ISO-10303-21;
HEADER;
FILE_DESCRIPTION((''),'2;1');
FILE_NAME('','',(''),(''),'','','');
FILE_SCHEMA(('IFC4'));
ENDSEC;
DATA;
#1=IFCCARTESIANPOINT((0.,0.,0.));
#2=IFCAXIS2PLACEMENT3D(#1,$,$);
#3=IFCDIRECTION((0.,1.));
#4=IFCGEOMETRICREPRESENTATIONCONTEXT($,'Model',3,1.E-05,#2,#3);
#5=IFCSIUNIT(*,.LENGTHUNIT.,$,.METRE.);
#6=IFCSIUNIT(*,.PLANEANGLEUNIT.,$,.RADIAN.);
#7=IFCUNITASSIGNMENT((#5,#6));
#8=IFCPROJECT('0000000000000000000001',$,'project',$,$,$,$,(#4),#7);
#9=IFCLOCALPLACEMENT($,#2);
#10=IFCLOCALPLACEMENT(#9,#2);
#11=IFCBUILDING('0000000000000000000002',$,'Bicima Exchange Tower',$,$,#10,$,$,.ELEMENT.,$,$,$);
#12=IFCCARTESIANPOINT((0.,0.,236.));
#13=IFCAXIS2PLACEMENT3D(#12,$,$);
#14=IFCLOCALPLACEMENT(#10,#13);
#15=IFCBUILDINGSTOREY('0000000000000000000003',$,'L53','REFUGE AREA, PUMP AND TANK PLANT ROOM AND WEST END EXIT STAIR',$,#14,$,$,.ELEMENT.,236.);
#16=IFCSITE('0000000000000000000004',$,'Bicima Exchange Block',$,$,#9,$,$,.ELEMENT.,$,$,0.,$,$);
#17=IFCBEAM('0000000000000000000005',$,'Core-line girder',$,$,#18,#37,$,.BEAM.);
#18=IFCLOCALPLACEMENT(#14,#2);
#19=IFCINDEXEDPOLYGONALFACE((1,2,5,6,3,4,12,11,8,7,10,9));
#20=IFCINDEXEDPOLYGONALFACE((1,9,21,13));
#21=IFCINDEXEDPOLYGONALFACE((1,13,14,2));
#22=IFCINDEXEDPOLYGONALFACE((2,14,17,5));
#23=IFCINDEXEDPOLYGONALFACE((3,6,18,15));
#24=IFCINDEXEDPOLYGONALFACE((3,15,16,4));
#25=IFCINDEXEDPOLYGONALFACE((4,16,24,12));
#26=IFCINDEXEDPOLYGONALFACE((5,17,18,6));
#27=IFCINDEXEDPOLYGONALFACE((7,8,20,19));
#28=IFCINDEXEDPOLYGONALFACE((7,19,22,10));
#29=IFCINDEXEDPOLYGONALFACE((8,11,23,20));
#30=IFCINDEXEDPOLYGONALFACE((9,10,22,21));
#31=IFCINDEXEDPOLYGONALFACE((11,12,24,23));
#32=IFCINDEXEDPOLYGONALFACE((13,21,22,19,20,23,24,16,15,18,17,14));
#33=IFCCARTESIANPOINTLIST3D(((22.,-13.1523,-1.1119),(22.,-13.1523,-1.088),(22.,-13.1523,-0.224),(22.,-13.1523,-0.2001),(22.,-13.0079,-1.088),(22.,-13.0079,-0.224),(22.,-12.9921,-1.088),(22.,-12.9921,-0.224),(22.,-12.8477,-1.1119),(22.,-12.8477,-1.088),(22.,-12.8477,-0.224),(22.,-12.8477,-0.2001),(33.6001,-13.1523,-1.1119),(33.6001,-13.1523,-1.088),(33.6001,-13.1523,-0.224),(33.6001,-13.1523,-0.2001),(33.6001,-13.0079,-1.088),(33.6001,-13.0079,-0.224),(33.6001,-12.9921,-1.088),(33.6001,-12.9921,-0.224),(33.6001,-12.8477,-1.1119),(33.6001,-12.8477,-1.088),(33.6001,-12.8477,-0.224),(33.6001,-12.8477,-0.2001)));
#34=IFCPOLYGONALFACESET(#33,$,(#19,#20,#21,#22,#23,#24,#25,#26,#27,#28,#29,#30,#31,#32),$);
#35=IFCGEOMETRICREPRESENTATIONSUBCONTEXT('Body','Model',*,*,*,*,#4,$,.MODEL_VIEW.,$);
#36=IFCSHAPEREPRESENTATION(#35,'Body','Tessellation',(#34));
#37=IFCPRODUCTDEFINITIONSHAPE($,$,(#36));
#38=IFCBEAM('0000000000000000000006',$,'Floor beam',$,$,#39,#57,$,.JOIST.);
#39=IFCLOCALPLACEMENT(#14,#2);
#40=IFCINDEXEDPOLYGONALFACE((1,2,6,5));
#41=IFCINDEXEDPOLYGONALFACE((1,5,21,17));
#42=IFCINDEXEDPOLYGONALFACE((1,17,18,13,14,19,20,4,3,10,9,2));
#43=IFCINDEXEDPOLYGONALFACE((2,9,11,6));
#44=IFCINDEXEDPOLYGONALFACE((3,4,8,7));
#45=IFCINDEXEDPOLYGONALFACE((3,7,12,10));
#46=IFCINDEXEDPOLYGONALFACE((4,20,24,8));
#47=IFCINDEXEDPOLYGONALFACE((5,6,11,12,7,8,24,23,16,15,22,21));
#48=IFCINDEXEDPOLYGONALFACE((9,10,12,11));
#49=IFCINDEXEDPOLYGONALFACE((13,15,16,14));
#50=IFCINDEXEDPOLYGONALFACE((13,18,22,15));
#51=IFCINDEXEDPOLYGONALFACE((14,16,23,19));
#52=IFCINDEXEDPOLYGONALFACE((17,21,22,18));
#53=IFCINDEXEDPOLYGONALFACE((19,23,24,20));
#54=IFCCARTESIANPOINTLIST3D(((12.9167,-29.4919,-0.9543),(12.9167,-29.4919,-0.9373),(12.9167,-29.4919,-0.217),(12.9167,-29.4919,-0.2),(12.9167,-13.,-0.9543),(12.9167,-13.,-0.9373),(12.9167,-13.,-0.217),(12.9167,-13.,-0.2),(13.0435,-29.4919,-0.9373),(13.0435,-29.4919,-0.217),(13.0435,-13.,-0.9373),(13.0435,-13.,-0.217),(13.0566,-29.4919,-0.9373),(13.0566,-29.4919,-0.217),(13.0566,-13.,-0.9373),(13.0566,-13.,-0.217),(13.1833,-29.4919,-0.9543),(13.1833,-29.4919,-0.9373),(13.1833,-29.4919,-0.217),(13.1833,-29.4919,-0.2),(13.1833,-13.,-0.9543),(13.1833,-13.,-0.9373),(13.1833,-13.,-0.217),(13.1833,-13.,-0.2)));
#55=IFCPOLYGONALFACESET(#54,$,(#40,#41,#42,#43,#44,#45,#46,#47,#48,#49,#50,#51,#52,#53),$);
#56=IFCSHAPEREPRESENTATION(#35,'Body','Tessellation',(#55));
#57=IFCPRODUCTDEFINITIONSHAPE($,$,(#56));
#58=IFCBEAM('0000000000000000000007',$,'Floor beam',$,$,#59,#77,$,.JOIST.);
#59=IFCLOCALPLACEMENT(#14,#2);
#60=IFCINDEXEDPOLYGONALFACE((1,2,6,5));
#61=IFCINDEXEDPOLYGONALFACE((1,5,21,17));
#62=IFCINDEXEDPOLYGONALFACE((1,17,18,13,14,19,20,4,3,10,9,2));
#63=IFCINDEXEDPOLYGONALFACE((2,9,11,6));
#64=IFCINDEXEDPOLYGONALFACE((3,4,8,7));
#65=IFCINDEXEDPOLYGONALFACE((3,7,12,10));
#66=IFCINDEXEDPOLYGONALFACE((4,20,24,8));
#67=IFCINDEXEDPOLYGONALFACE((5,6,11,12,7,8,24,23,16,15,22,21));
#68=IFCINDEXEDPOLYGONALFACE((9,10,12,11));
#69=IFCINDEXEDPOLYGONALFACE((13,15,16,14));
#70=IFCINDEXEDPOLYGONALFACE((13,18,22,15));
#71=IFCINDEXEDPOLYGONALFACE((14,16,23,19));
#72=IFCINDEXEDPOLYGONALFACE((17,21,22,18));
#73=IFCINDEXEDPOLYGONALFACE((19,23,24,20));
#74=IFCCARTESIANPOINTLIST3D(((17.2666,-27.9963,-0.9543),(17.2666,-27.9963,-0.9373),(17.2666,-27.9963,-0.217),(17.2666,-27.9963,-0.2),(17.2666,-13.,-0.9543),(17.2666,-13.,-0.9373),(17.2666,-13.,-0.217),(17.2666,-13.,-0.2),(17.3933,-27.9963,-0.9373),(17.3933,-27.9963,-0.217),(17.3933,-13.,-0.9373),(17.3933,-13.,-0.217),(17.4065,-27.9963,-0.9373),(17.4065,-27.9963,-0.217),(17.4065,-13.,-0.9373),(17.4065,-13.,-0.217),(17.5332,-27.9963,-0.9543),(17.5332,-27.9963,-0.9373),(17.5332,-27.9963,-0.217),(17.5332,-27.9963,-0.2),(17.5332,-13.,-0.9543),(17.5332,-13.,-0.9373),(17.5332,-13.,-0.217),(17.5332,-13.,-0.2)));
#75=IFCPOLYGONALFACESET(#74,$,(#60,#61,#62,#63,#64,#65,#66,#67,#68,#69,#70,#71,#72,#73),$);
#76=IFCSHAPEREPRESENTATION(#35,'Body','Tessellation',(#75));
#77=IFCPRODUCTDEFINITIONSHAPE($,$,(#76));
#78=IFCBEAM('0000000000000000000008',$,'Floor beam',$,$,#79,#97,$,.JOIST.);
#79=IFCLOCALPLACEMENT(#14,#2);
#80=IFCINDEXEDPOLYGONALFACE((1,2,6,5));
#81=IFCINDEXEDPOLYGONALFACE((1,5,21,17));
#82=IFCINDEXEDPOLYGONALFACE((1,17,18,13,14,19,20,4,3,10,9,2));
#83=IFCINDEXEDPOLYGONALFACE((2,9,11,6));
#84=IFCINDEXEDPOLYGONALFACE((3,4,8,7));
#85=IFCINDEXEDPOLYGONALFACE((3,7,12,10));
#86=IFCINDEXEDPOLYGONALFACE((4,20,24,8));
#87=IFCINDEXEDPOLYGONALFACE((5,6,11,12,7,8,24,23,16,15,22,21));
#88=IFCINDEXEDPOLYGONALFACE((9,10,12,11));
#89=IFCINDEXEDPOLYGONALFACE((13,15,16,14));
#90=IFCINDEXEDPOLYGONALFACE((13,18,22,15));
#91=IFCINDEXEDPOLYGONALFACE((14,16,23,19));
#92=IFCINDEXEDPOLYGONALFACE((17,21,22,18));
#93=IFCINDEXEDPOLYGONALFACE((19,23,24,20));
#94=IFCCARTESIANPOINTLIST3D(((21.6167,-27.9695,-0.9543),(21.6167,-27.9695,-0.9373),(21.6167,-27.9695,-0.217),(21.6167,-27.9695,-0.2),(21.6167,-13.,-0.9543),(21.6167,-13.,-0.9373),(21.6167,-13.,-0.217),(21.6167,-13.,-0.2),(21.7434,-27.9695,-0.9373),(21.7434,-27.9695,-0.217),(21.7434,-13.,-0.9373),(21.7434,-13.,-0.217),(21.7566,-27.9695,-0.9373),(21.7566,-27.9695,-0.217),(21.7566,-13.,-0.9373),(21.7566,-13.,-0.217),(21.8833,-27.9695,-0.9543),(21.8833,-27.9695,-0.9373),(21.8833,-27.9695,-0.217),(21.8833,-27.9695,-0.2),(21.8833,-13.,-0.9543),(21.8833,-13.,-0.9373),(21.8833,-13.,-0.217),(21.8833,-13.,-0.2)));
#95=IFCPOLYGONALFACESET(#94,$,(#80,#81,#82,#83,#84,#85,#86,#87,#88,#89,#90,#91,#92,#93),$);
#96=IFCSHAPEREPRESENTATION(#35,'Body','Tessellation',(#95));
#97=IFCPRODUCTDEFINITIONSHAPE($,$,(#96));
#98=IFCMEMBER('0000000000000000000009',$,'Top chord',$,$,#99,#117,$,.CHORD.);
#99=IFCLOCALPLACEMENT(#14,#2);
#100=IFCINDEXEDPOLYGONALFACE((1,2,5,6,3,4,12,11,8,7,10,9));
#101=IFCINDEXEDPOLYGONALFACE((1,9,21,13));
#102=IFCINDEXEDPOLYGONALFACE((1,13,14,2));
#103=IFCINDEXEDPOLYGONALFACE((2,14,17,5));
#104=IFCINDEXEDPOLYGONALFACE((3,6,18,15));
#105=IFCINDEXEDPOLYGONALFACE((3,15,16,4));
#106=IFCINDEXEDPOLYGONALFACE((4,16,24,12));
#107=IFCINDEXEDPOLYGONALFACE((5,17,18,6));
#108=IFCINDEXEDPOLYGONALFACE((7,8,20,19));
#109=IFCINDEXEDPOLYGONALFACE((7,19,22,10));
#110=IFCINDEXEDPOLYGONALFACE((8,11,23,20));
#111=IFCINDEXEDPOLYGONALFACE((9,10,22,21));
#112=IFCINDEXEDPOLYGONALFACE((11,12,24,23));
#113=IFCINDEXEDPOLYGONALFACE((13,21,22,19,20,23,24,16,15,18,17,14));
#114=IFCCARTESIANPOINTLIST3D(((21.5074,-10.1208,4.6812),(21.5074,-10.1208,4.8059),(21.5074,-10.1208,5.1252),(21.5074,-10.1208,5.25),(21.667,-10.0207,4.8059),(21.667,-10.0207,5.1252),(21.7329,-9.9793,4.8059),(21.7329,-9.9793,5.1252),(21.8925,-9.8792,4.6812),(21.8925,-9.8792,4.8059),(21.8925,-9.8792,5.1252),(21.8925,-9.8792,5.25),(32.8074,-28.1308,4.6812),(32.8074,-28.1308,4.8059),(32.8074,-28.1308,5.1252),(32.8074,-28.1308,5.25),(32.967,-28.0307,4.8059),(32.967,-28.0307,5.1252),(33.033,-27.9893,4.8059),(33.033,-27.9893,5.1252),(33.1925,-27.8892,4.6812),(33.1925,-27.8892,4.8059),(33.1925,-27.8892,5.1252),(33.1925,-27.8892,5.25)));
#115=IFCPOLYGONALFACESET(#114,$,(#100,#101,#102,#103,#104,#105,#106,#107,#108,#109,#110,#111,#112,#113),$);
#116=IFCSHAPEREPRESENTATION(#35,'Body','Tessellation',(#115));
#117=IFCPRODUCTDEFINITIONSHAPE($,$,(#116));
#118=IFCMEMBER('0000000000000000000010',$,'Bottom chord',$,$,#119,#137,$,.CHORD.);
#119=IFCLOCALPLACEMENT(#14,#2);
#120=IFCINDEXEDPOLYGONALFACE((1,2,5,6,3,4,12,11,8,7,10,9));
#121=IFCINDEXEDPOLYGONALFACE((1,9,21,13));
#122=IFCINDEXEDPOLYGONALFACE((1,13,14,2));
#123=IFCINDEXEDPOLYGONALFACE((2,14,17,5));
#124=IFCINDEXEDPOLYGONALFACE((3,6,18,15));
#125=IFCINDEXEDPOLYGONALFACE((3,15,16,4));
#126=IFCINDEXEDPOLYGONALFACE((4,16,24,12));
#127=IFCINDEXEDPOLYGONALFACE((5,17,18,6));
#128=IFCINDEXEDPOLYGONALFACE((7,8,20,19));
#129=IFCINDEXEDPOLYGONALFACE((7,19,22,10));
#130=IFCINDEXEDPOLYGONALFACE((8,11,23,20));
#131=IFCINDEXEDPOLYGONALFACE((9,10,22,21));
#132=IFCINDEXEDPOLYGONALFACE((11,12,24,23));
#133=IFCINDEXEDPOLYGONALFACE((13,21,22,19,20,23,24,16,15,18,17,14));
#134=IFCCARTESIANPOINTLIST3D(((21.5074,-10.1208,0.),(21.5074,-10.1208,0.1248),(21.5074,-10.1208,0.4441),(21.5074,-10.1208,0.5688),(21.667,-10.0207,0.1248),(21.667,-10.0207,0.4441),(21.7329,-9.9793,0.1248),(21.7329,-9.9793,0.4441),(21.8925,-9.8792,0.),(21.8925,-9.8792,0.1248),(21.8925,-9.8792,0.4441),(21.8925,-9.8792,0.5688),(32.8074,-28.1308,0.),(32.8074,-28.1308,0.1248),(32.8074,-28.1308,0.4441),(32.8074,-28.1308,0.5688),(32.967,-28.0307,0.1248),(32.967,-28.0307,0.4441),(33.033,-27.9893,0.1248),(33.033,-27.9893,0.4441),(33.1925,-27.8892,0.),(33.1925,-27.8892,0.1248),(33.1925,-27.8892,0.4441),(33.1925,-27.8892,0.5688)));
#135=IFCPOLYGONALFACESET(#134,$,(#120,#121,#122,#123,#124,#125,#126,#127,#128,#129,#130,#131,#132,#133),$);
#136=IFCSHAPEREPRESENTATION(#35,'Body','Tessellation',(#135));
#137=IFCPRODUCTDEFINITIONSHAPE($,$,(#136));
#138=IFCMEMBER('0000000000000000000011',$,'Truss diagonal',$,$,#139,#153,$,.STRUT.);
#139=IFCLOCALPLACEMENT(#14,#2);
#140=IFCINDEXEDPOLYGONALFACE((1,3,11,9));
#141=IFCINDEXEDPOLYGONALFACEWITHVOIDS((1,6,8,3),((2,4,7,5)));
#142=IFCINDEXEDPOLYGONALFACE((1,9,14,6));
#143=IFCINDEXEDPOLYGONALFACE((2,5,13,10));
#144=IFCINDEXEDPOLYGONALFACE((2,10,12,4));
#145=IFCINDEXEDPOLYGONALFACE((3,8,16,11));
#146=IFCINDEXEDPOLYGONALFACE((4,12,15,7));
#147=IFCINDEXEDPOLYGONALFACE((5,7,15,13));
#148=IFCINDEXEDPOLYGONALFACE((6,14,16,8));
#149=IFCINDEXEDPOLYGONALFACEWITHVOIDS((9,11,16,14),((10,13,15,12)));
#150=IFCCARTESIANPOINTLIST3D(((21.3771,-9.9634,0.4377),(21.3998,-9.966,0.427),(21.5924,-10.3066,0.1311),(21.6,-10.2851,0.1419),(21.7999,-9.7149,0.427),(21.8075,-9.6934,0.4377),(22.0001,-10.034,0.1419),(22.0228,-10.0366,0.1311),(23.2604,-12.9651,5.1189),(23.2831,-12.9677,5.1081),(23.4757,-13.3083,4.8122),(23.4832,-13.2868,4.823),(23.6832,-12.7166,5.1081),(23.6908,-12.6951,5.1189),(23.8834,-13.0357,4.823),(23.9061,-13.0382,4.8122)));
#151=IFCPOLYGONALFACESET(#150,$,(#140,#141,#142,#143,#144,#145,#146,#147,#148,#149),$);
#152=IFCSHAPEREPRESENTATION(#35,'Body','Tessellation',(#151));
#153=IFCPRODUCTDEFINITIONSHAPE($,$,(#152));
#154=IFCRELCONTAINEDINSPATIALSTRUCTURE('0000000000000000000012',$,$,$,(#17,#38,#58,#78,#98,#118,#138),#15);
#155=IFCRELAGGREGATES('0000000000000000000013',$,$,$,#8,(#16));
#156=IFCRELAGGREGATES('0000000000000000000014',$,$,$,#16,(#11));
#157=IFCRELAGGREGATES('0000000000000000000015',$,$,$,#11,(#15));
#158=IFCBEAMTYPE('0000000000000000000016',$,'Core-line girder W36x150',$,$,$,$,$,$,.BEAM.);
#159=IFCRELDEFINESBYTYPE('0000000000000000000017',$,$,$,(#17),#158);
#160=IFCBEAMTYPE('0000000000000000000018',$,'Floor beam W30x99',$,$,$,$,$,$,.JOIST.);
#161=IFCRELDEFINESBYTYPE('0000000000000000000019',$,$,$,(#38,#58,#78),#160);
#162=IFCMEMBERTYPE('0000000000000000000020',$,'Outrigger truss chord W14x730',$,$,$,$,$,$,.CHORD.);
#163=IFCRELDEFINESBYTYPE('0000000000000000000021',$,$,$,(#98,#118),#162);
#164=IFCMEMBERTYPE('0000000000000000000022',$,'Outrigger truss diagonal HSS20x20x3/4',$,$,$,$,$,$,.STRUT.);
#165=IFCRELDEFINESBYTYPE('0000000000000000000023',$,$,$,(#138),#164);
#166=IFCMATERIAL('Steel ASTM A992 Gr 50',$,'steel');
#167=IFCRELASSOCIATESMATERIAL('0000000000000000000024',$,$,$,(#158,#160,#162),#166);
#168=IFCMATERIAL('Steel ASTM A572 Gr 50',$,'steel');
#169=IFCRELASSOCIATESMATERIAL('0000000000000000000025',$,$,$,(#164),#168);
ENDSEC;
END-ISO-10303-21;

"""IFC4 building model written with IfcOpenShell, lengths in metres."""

from ifc_helpers import new_model, si_unit, direction, frame, origin, origin_2d, place, context, subcontext, project, spatial, hollow_rectangle, i_section, extrude, material, material_profile, profile_set, type_object, element, save


model = new_model("IFC4")

# Units and contexts
model_context = context("Model", 3, precision=1e-05, world=origin(), true_north=direction((0.0, 1.0)))
body_context = subcontext(model_context, "Body", "Model", "MODEL_VIEW")
ifc_project = project(units=[si_unit("LENGTHUNIT", "METRE"), si_unit("PLANEANGLEUNIT", "RADIAN")], contexts=[model_context])

# Site, building, storey
site_placement = place(None, origin())
site = spatial("IfcSite", under=ifc_project, at=site_placement, Name="Bicima Exchange Block", CompositionType="ELEMENT", RefElevation=0.0)
building_placement = place(site_placement, origin())
building = spatial("IfcBuilding", under=site, at=building_placement, Name="Bicima Exchange Tower", CompositionType="ELEMENT")
storey_placement = place(building_placement, frame((0.0, 0.0, 236.0)))
storey = spatial("IfcBuildingStorey", under=building, at=storey_placement, Name="L53", Description="REFUGE AREA, PUMP AND TANK PLANT ROOM AND WEST END EXIT STAIR", CompositionType="ELEMENT", Elevation=236.0)

# Beams
ifc_material_1 = material(Name="Steel ASTM A992 Gr 50", Category="steel")
ifc_material_profile_1 = material_profile(ifc_material_1, i_section(OverallWidth=0.3047, OverallDepth=0.9119, WebThickness=0.0159, FlangeThickness=0.0239, at=origin_2d()))
ifc_profile_set_1 = profile_set([ifc_material_profile_1], Name="Steel ASTM A992 Gr 50")
beam_type_1 = type_object("IfcBeamType", Name="Core-line girder W36x150", PredefinedType="BEAM", material=ifc_profile_set_1)
beam_1_placement = place(storey_placement, frame((22.0, -13.0, -0.656), z_axis=(1.0, 0.0, 0.0), x_axis=(0.0, 1.0, 0.0)))
element("IfcBeam", 1, at=beam_1_placement, inside=storey, type_object=beam_type_1, Name="Core-line girder", PredefinedType="BEAM", context=body_context, shape_type="SweptSolid", body=[
    extrude(i_section(OverallWidth=0.3047, OverallDepth=0.9119, WebThickness=0.0159, FlangeThickness=0.0239, at=origin_2d()), origin(), (0.0, 0.0, 1.0), 11.6001),
])
ifc_material_profile_2 = material_profile(ifc_material_1, i_section(OverallWidth=0.2666, OverallDepth=0.7544, WebThickness=0.0132, FlangeThickness=0.0171, at=origin_2d()))
ifc_profile_set_2 = profile_set([ifc_material_profile_2], Name="Steel ASTM A992 Gr 50")
beam_type_2 = type_object("IfcBeamType", Name="Floor beam W30x99", PredefinedType="JOIST", material=ifc_profile_set_2)
beam_2_placement = place(storey_placement, frame((13.05, -13.0, -0.5771), z_axis=(0.0, -1.0, 0.0), x_axis=(1.0, 0.0, 0.0)))
element("IfcBeam", 2, at=beam_2_placement, inside=storey, type_object=beam_type_2, Name="Floor beam", PredefinedType="JOIST", context=body_context, shape_type="SweptSolid", body=[
    extrude(i_section(OverallWidth=0.2666, OverallDepth=0.7544, WebThickness=0.0132, FlangeThickness=0.0171, at=origin_2d()), origin(), (0.0, 0.0, 1.0), 16.4919),
])
beam_3_placement = place(storey_placement, frame((17.3999, -13.0, -0.5771), z_axis=(0.0, -1.0, 0.0), x_axis=(1.0, 0.0, 0.0)))
element("IfcBeam", 3, at=beam_3_placement, inside=storey, type_object=beam_type_2, Name="Floor beam", PredefinedType="JOIST", context=body_context, shape_type="SweptSolid", body=[
    extrude(i_section(OverallWidth=0.2666, OverallDepth=0.7544, WebThickness=0.0132, FlangeThickness=0.0171, at=origin_2d()), origin(), (0.0, 0.0, 1.0), 14.9963),
])
beam_4_placement = place(storey_placement, frame((21.75, -13.0, -0.5771), z_axis=(0.0, -1.0, 0.0), x_axis=(1.0, 0.0, 0.0)))
element("IfcBeam", 4, at=beam_4_placement, inside=storey, type_object=beam_type_2, Name="Floor beam", PredefinedType="JOIST", context=body_context, shape_type="SweptSolid", body=[
    extrude(i_section(OverallWidth=0.2666, OverallDepth=0.7544, WebThickness=0.0132, FlangeThickness=0.0171, at=origin_2d()), origin(), (0.0, 0.0, 1.0), 14.9695),
])

# Members
ifc_material_profile_3 = material_profile(ifc_material_1, i_section(OverallWidth=0.4546, OverallDepth=0.5688, WebThickness=0.0779, FlangeThickness=0.1248, at=origin_2d()))
ifc_profile_set_3 = profile_set([ifc_material_profile_3], Name="Steel ASTM A992 Gr 50")
member_type_1 = type_object("IfcMemberType", Name="Outrigger truss chord W14x730", PredefinedType="CHORD", material=ifc_profile_set_3)
for number, where, z_axis, x_axis, name in (
    (5, (21.7, -10.0, 4.9656), (0.531479, -0.847071, 0.0), (0.847071, 0.531479, 0.0), "Top chord"),
    (6, (21.7, -10.0, 0.2844), (0.531479, -0.847071, 0.0), (0.847071, 0.531479, 0.0), "Bottom chord"),
):
    element("IfcMember", number, at=place(storey_placement, frame(where, z_axis=z_axis, x_axis=x_axis)), inside=storey, type_object=member_type_1, Name=name, PredefinedType="CHORD", context=body_context, shape_type="SweptSolid", body=[
        extrude(i_section(OverallWidth=0.4546, OverallDepth=0.5688, WebThickness=0.0779, FlangeThickness=0.1248, at=origin_2d()), origin(), (0.0, 0.0, 1.0), 21.2615),
    ])
ifc_material_2 = material(Name="Steel ASTM A572 Gr 50", Category="steel")
ifc_material_profile_4 = material_profile(ifc_material_2, hollow_rectangle(XDim=0.5081, YDim=0.5081, WallThickness=0.0178, at=origin_2d()))
ifc_profile_set_4 = profile_set([ifc_material_profile_4], Name="Steel ASTM A572 Gr 50")
member_type_2 = type_object("IfcMemberType", Name="Outrigger truss diagonal HSS20x20x3/4", PredefinedType="STRUT", material=ifc_profile_set_4)
member_placement = place(storey_placement, frame((21.7, -10.0, 0.2844), z_axis=(0.320773, -0.511265, 0.797316), x_axis=(0.84708, 0.531466, 0.0)))
element("IfcMember", 7, at=member_placement, inside=storey, type_object=member_type_2, Name="Truss diagonal", PredefinedType="STRUT", context=body_context, shape_type="SweptSolid", body=[
    extrude(hollow_rectangle(XDim=0.5081, YDim=0.5081, WallThickness=0.0178, at=origin_2d()), origin(), (0.0, 0.0, 1.0), 5.8711),
])

save(model, "model.ifc")
